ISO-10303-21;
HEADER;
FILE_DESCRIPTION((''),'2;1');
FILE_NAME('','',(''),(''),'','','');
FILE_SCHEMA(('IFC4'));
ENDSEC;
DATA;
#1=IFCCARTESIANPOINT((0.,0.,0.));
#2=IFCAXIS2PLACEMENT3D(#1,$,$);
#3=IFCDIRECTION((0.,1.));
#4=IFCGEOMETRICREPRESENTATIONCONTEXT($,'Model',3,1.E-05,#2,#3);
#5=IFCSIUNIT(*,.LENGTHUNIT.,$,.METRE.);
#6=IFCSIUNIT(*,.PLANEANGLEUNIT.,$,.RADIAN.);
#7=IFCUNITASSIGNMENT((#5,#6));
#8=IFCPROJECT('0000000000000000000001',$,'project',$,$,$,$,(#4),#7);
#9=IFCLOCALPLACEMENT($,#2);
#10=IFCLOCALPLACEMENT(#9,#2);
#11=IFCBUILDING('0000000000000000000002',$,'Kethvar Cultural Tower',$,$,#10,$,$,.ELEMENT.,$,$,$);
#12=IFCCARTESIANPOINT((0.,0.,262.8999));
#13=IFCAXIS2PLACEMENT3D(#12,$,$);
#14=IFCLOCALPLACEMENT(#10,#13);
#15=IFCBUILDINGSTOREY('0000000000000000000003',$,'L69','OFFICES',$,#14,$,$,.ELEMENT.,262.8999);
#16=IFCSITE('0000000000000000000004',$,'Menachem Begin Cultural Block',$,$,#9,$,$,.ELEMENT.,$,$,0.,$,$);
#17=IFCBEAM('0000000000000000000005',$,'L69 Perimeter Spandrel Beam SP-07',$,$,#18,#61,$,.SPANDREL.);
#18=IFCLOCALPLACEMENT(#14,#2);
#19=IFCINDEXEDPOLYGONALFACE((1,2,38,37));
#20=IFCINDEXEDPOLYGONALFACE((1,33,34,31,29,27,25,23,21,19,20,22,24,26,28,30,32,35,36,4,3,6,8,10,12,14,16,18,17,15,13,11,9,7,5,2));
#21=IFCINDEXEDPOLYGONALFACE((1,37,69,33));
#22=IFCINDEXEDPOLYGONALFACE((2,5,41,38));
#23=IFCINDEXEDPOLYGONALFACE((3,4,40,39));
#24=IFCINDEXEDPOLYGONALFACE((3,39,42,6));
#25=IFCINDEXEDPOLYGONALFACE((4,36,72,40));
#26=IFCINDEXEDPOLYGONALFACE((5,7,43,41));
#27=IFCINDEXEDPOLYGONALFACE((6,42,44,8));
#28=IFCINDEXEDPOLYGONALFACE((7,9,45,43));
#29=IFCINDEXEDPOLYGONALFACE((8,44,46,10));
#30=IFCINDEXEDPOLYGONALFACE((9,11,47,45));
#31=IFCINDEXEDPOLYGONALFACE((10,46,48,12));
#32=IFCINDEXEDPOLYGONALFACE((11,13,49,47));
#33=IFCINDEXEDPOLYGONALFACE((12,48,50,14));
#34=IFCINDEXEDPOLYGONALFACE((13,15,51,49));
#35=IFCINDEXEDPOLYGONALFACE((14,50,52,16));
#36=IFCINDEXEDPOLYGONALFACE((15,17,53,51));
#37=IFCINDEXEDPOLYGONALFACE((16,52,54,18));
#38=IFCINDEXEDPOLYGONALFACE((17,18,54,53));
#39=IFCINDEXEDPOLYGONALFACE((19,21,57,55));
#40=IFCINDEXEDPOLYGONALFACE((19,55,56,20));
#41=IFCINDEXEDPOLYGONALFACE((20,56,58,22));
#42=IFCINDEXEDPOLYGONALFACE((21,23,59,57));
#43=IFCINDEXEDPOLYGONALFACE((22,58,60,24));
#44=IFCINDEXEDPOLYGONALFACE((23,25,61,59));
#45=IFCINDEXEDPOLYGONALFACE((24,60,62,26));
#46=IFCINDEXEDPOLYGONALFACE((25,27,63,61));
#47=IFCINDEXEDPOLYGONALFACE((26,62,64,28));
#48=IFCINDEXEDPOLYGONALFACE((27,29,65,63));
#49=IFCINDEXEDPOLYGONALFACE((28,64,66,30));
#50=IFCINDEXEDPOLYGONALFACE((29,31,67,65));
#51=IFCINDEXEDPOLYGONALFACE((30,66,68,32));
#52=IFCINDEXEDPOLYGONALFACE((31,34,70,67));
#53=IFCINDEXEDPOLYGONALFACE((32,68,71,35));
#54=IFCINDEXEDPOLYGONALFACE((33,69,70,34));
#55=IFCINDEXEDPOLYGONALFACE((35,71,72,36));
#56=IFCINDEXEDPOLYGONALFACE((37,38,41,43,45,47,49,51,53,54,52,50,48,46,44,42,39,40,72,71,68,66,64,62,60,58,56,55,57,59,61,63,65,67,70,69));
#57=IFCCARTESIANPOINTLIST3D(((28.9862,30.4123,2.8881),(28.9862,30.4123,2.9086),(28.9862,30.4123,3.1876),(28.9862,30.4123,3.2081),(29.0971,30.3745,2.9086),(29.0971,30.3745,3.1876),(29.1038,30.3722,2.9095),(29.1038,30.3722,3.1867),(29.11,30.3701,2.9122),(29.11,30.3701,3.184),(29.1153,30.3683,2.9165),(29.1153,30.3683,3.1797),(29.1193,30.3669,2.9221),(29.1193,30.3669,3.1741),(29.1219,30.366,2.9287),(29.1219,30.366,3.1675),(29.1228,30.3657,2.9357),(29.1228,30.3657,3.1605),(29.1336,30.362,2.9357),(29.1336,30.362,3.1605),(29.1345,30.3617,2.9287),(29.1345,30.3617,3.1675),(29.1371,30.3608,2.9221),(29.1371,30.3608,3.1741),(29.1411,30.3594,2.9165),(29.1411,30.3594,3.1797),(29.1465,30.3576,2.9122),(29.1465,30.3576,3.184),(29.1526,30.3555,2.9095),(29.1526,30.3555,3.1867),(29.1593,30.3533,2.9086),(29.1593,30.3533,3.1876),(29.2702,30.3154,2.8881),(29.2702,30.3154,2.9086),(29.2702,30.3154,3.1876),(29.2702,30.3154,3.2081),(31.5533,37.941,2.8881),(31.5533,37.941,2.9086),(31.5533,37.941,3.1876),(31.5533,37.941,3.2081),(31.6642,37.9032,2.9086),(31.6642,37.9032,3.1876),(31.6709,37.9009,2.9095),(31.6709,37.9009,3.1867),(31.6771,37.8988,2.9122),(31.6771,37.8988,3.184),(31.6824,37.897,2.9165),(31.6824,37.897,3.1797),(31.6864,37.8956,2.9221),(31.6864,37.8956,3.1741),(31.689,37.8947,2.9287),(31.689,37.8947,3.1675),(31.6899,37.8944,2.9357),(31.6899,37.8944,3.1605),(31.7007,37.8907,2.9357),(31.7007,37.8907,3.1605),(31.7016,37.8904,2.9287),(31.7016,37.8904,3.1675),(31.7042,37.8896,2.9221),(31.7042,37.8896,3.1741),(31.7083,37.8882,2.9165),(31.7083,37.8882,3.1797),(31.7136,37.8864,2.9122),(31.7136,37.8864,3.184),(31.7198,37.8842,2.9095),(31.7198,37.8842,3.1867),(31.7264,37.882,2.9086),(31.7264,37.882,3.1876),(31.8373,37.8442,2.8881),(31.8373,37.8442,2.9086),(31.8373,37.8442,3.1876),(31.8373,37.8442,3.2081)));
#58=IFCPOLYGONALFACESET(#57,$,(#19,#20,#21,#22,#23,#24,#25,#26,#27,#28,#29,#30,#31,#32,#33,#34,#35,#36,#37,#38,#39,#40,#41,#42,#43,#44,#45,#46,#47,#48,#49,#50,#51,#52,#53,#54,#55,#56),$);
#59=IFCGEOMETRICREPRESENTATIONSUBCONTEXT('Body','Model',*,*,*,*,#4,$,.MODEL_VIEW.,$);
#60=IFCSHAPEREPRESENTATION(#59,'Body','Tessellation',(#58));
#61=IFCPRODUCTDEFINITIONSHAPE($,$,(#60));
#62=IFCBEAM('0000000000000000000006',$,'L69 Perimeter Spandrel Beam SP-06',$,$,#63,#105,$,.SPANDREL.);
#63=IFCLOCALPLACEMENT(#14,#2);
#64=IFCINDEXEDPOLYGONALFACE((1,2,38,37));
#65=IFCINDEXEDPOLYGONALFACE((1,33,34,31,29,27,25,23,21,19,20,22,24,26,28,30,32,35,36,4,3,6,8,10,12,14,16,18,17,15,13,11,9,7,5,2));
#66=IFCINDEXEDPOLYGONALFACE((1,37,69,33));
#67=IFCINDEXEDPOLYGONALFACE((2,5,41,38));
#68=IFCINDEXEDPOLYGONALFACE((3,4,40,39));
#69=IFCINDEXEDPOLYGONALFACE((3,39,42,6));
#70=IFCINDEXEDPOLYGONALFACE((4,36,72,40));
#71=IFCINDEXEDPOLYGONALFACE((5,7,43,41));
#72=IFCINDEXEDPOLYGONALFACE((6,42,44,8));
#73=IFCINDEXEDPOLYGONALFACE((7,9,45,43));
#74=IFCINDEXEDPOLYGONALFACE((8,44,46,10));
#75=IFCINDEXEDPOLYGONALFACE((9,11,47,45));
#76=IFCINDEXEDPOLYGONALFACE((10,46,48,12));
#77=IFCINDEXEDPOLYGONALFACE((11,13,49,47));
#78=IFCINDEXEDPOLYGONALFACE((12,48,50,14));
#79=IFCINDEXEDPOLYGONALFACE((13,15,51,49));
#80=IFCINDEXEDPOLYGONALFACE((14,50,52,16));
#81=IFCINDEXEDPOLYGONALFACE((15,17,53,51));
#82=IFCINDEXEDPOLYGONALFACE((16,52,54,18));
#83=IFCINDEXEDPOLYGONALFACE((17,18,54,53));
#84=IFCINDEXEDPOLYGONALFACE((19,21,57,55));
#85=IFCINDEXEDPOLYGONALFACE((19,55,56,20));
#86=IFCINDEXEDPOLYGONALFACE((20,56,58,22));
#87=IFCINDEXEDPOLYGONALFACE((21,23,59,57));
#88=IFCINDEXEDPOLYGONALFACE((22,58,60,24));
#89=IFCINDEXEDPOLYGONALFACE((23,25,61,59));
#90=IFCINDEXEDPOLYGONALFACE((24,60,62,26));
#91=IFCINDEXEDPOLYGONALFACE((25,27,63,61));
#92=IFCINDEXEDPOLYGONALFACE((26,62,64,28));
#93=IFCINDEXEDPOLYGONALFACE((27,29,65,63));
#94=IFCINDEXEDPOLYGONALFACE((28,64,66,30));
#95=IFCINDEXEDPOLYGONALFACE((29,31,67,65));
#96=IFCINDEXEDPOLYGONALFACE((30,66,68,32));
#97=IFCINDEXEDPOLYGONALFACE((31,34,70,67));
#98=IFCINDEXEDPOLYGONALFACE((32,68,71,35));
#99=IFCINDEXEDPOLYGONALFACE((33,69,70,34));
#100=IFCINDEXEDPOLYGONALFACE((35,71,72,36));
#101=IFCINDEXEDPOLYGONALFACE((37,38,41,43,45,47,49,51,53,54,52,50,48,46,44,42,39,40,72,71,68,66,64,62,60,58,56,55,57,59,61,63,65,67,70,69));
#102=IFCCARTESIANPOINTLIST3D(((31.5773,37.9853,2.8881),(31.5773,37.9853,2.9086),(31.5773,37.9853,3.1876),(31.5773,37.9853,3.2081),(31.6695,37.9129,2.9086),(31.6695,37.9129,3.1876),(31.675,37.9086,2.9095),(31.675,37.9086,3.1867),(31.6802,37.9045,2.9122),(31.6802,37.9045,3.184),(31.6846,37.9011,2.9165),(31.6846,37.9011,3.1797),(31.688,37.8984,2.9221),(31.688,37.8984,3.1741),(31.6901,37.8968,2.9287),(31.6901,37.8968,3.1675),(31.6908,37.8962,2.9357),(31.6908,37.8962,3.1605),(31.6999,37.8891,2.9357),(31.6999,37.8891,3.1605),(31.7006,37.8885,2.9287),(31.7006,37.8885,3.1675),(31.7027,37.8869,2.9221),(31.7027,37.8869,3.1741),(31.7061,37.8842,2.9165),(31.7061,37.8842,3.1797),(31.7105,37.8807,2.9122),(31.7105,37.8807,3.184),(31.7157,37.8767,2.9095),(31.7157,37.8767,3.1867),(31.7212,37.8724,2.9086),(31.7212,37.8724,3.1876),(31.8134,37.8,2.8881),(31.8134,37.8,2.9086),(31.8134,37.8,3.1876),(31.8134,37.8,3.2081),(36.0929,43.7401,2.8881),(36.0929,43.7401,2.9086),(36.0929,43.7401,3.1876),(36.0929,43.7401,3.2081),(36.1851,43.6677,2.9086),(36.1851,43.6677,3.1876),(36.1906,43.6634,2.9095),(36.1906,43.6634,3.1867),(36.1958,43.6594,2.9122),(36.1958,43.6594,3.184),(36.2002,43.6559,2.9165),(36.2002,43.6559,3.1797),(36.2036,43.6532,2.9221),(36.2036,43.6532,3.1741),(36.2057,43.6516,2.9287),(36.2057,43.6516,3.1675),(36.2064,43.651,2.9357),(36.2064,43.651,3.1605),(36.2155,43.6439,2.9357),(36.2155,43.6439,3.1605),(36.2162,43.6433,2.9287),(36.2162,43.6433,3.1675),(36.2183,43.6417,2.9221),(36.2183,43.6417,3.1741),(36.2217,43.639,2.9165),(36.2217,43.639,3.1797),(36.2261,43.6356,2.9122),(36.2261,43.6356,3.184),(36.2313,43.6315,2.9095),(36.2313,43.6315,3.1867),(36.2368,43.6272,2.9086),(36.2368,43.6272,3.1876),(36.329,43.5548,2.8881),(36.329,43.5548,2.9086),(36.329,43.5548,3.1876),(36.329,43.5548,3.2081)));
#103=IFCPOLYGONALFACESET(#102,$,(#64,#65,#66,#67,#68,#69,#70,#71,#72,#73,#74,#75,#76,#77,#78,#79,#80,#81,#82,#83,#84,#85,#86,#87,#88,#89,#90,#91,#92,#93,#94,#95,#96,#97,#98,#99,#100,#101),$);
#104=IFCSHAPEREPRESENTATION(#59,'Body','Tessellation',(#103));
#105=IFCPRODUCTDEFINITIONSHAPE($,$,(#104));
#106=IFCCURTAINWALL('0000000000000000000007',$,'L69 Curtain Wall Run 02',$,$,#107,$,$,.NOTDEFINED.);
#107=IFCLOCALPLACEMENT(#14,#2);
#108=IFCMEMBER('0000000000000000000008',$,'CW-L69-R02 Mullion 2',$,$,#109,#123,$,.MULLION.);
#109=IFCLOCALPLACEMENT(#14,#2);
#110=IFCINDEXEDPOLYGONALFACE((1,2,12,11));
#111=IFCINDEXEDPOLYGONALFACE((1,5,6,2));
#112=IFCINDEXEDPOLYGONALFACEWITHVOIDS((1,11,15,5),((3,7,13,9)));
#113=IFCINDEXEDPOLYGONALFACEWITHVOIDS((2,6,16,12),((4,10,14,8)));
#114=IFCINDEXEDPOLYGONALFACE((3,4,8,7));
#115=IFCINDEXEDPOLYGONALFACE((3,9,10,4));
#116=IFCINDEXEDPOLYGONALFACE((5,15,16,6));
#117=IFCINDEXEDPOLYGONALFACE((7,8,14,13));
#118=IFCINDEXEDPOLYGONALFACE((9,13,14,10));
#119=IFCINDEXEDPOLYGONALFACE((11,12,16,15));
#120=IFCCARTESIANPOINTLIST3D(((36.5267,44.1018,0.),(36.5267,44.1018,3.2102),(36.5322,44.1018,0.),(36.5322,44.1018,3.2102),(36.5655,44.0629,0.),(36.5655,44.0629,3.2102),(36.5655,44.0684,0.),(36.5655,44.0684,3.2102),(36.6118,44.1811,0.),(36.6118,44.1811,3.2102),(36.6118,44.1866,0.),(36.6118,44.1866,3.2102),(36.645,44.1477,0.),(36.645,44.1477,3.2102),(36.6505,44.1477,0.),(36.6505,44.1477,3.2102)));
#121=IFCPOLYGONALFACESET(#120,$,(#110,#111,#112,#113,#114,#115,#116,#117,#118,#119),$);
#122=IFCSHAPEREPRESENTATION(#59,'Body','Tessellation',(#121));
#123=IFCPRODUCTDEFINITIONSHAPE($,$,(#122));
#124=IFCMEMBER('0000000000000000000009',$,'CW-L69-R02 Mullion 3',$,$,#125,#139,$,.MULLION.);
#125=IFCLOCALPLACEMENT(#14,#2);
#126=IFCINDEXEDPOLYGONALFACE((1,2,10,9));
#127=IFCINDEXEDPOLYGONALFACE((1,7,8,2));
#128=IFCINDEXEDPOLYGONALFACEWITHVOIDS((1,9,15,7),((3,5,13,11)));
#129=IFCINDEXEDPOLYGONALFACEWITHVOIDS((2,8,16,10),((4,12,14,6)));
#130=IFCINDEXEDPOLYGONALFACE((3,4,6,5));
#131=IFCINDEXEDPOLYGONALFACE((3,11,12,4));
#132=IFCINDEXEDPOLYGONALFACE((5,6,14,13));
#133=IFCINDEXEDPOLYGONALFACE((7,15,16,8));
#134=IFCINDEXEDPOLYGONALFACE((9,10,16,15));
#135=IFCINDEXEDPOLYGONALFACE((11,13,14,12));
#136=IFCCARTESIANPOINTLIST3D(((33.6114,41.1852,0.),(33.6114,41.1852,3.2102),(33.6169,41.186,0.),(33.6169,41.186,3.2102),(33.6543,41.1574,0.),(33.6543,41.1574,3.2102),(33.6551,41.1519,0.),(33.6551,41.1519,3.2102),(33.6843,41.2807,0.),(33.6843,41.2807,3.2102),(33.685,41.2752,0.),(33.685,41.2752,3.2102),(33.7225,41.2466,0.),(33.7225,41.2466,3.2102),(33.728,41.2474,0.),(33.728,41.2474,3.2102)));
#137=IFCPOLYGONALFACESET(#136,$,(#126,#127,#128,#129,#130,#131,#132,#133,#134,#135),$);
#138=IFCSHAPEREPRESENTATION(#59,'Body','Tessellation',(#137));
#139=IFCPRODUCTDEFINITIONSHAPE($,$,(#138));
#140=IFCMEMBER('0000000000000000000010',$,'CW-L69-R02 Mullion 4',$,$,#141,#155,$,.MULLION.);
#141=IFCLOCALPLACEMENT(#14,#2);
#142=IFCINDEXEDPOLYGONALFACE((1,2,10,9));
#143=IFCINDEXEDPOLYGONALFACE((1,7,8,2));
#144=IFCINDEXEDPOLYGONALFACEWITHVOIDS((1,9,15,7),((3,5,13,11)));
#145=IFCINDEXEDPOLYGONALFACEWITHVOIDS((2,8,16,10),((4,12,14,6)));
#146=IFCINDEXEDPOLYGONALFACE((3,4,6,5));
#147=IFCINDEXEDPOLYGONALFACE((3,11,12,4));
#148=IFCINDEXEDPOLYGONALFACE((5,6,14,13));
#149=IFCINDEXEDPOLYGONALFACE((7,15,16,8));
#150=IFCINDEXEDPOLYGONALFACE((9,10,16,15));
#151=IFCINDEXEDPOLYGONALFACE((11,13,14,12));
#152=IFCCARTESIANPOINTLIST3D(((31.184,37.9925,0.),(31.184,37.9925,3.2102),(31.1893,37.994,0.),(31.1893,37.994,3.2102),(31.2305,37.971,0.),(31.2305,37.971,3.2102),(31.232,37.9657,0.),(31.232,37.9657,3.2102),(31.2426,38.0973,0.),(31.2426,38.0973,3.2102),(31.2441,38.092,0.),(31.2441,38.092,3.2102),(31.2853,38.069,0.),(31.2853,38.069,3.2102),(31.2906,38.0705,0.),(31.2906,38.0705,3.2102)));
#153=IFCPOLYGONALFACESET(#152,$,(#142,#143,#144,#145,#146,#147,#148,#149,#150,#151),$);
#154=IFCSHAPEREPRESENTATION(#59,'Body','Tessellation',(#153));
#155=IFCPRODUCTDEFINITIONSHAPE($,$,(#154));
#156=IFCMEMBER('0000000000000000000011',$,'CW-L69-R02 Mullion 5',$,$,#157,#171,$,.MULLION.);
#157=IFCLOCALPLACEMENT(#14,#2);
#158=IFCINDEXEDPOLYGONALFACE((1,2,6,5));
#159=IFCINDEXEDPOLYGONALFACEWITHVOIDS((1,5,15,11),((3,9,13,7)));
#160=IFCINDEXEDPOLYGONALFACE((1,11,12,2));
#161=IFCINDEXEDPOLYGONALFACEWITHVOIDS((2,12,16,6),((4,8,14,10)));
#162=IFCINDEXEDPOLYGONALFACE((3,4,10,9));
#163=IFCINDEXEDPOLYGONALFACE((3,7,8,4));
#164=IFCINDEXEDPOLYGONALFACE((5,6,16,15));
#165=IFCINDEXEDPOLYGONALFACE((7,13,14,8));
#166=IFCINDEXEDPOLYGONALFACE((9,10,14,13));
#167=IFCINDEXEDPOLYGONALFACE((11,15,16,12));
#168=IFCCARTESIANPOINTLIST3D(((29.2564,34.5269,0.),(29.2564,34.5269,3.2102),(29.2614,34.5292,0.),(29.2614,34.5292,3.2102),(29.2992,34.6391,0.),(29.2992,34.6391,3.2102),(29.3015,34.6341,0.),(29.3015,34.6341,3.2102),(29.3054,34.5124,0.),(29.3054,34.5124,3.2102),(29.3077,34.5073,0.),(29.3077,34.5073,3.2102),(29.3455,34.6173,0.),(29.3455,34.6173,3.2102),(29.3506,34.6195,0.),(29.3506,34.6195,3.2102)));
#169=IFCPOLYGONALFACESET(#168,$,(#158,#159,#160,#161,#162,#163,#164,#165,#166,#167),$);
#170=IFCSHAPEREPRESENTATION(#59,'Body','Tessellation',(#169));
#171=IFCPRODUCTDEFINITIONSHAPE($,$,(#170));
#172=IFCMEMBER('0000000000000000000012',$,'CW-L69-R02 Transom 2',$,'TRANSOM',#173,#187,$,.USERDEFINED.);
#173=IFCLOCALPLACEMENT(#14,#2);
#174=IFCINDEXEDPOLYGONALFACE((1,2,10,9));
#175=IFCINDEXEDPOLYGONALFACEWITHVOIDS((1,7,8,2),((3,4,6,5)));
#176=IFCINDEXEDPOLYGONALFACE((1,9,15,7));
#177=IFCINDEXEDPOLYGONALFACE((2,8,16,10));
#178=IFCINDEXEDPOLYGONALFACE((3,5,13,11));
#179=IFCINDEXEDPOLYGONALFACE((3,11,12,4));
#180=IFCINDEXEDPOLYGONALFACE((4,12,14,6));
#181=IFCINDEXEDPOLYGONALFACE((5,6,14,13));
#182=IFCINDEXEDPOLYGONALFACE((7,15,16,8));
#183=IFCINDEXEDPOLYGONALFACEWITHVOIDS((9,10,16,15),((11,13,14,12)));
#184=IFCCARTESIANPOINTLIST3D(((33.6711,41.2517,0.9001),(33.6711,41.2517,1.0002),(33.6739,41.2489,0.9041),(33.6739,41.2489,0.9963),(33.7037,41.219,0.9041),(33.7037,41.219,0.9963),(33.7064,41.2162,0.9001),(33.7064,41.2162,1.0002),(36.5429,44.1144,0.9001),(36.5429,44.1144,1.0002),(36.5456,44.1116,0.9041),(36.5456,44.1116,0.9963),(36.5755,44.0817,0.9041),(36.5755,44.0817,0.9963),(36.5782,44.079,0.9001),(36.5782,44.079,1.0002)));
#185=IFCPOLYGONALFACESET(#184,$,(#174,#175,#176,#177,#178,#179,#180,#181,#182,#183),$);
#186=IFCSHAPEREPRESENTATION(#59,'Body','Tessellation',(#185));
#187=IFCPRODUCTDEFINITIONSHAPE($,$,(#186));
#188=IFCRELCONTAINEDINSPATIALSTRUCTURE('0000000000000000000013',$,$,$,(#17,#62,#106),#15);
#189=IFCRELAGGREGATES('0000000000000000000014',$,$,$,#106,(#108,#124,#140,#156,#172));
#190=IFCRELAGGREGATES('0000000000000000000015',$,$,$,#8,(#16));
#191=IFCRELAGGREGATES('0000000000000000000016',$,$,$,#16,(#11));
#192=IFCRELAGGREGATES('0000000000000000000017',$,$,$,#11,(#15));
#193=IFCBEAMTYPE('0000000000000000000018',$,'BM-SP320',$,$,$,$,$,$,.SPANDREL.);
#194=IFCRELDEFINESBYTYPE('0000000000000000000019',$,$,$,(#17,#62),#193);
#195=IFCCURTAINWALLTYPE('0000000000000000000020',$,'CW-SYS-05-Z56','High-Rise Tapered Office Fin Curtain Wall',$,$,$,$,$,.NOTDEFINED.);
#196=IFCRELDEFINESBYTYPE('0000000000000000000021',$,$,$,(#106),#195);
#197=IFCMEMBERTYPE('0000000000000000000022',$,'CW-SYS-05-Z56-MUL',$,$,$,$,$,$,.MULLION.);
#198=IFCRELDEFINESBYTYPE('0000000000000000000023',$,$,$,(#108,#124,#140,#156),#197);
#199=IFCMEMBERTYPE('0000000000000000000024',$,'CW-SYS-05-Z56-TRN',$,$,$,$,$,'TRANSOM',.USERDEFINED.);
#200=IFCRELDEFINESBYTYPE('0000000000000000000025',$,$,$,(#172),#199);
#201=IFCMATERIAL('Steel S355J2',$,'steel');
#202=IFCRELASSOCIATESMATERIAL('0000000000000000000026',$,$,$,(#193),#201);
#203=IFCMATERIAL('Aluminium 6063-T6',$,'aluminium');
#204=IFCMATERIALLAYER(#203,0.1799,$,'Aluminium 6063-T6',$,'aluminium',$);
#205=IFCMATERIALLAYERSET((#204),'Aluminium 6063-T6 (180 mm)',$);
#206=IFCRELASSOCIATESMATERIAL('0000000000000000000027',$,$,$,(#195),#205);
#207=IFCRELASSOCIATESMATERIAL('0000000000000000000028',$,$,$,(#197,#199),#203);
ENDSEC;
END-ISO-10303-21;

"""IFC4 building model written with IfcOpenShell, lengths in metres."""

from ifc_helpers import new_model, si_unit, direction, frame, origin, origin_2d, place, context, subcontext, project, spatial, hollow_rectangle, i_section, extrude, source, transform, mapped, material, layer, layer_set, material_profile, profile_set, type_object, element, aggregate, save


model = new_model("IFC4")

# Units and contexts
model_context = context("Model", 3, precision=1e-05, world=origin(), true_north=direction((0.0, 1.0)))
body_context = subcontext(model_context, "Body", "Model", "MODEL_VIEW")
ifc_project = project(units=[si_unit("LENGTHUNIT", "METRE"), si_unit("PLANEANGLEUNIT", "RADIAN")], contexts=[model_context])

# Site, building, storey
site_placement = place(None, origin())
site = spatial("IfcSite", under=ifc_project, at=site_placement, Name="Menachem Begin Cultural Block", CompositionType="ELEMENT", RefElevation=0.0)
building_placement = place(site_placement, origin())
building = spatial("IfcBuilding", under=site, at=building_placement, Name="Kethvar Cultural Tower", CompositionType="ELEMENT")
storey_placement = place(building_placement, frame((0.0, 0.0, 262.8999)))
storey = spatial("IfcBuildingStorey", under=building, at=storey_placement, Name="L69", Description="OFFICES", CompositionType="ELEMENT", Elevation=262.8999)

# Beams
ifc_material_1 = material(Name="Steel S355J2", Category="steel")
ifc_material_profile_1 = material_profile(ifc_material_1, i_section(OverallWidth=0.3, OverallDepth=0.3201, WebThickness=0.0115, FlangeThickness=0.0205, FilletRadius=0.0271, at=origin_2d()), Name="Steel S355J2 — HEB320")
ifc_profile_set_1 = profile_set([ifc_material_profile_1], Name="Steel S355J2 — HEB320")
beam_type_1 = type_object("IfcBeamType", Name="BM-SP320", PredefinedType="SPANDREL", material=ifc_profile_set_1)
shared_shape_1 = source(origin(), body_context, "Body", "SweptSolid", [
    extrude(i_section(OverallWidth=0.3, OverallDepth=0.3201, WebThickness=0.0115, FlangeThickness=0.0205, FilletRadius=0.0271, at=origin_2d()), origin(), (0.0, 0.0, 1.0), 7.9543),
])
beam_1_placement = place(storey_placement, frame((31.6953, 37.8926, 3.0481), z_axis=(-0.32273, -0.946491, 0.0), x_axis=(0.946491, -0.32273, 0.0)))
element("IfcBeam", 1, at=beam_1_placement, inside=storey, type_object=beam_type_1, Name="L69 Perimeter Spandrel Beam SP-07", PredefinedType="SPANDREL", context=body_context, shape_type="MappedRepresentation", body=[
    mapped(shared_shape_1, transform((0.0, 0.0, 0.0), scale=1.0)),
])
shared_shape_2 = source(origin(), body_context, "Body", "SweptSolid", [
    extrude(i_section(OverallWidth=0.3, OverallDepth=0.3201, WebThickness=0.0115, FlangeThickness=0.0205, FilletRadius=0.0271, at=origin_2d()), origin(), (0.0, 0.0, 1.0), 7.3149),
])
beam_2_placement = place(storey_placement, frame((36.2109, 43.6475, 3.0481), z_axis=(-0.617308, -0.786721, 0.0), x_axis=(0.786721, -0.617308, 0.0)))
element("IfcBeam", 2, at=beam_2_placement, inside=storey, type_object=beam_type_1, Name="L69 Perimeter Spandrel Beam SP-06", PredefinedType="SPANDREL", context=body_context, shape_type="MappedRepresentation", body=[
    mapped(shared_shape_2, transform((0.0, 0.0, 0.0), scale=1.0)),
])

# Curtain wall, members
ifc_material_2 = material(Name="Aluminium 6063-T6", Category="aluminium")
ifc_layer_1 = layer(ifc_material_2, 0.1799, Name="Aluminium 6063-T6", Category="aluminium")
ifc_layer_set_1 = layer_set([ifc_layer_1], Name="Aluminium 6063-T6 (180 mm)")
curtain_wall_type = type_object("IfcCurtainWallType", Name="CW-SYS-05-Z56", Description="High-Rise Tapered Office Fin Curtain Wall", PredefinedType="NOTDEFINED", material=ifc_layer_set_1)
curtain_wall_placement = place(storey_placement, origin())
curtain_wall = element("IfcCurtainWall", 3, at=curtain_wall_placement, inside=storey, type_object=curtain_wall_type, Name="L69 Curtain Wall Run 02", PredefinedType="NOTDEFINED")
ifc_material_profile_2 = material_profile(ifc_material_2, hollow_rectangle(XDim=0.0549, YDim=0.1201, WallThickness=0.0039, at=origin_2d()), Name="Aluminium 6063-T6 — RHS120x55x4")
ifc_profile_set_2 = profile_set([ifc_material_profile_2], Name="Aluminium 6063-T6 — RHS120x55x4")
member_type_1 = type_object("IfcMemberType", Name="CW-SYS-05-Z56-MUL", PredefinedType="MULLION", material=ifc_profile_set_2)
shared_shape_3 = source(origin(), body_context, "Body", "SweptSolid", [
    extrude(hollow_rectangle(XDim=0.0549, YDim=0.1201, WallThickness=0.0039, at=origin_2d()), origin(), (0.0, 0.0, 1.0), 3.2102),
])
member_1_placement = place(storey_placement, frame((36.5886, 44.1248, 0.0), z_axis=(0.0, 0.0, 1.0), x_axis=(0.705983, -0.708229, 0.0)))
member_1 = element("IfcMember", 4, at=member_1_placement, type_object=member_type_1, Name="CW-L69-R02 Mullion 2", PredefinedType="MULLION", context=body_context, shape_type="MappedRepresentation", body=[
    mapped(shared_shape_3, transform((0.0, 0.0, 0.0), scale=1.0)),
])
member_2_placement = place(storey_placement, frame((33.6697, 41.2163, 0.0), z_axis=(0.0, 0.0, 1.0), x_axis=(0.794881, -0.606766, 0.0)))
member_2 = element("IfcMember", 5, at=member_2_placement, type_object=member_type_1, Name="CW-L69-R02 Mullion 3", PredefinedType="MULLION", context=body_context, shape_type="MappedRepresentation", body=[
    mapped(shared_shape_3, transform((0.0, 0.0, 0.0), scale=1.0)),
])
member_3_placement = place(storey_placement, frame((31.2373, 38.0315, 0.0), z_axis=(0.0, 0.0, 1.0), x_axis=(0.872948, -0.487814, 0.0)))
member_3 = element("IfcMember", 6, at=member_3_placement, type_object=member_type_1, Name="CW-L69-R02 Mullion 4", PredefinedType="MULLION", context=body_context, shape_type="MappedRepresentation", body=[
    mapped(shared_shape_3, transform((0.0, 0.0, 0.0), scale=1.0)),
])
member_4_placement = place(storey_placement, frame((29.3035, 34.5732, 0.0), z_axis=(0.0, 0.0, 1.0), x_axis=(0.93413, -0.356934, 0.0)))
member_4 = element("IfcMember", 7, at=member_4_placement, type_object=member_type_1, Name="CW-L69-R02 Mullion 5", PredefinedType="MULLION", context=body_context, shape_type="MappedRepresentation", body=[
    mapped(shared_shape_3, transform((0.0, 0.0, 0.0), scale=1.0)),
])
ifc_material_profile_3 = material_profile(ifc_material_2, hollow_rectangle(XDim=0.05, YDim=0.1001, WallThickness=0.0039, at=origin_2d()), Name="Aluminium 6063-T6 — RHS100x50x4")
ifc_profile_set_3 = profile_set([ifc_material_profile_3], Name="Aluminium 6063-T6 — RHS100x50x4")
member_type_2 = type_object("IfcMemberType", Name="CW-SYS-05-Z56-TRN", ElementType="TRANSOM", PredefinedType="USERDEFINED", material=ifc_profile_set_3)
shared_shape_4 = source(origin(), body_context, "Body", "SweptSolid", [
    extrude(hollow_rectangle(XDim=0.05, YDim=0.1001, WallThickness=0.0039, at=origin_2d()), origin(), (0.0, 0.0, 1.0), 4.0549),
])
member_5_placement = place(storey_placement, frame((36.5605, 44.0967, 0.9502), z_axis=(-0.70822, -0.705992, 0.0), x_axis=(0.705992, -0.70822, 0.0)))
member_5 = element("IfcMember", 8, at=member_5_placement, type_object=member_type_2, Name="CW-L69-R02 Transom 2", ObjectType="TRANSOM", PredefinedType="USERDEFINED", context=body_context, shape_type="MappedRepresentation", body=[
    mapped(shared_shape_4, transform((0.0, 0.0, 0.0), scale=1.0)),
])
aggregate(curtain_wall, [member_1, member_2, member_3, member_4, member_5])

save(model, "model.ifc")
